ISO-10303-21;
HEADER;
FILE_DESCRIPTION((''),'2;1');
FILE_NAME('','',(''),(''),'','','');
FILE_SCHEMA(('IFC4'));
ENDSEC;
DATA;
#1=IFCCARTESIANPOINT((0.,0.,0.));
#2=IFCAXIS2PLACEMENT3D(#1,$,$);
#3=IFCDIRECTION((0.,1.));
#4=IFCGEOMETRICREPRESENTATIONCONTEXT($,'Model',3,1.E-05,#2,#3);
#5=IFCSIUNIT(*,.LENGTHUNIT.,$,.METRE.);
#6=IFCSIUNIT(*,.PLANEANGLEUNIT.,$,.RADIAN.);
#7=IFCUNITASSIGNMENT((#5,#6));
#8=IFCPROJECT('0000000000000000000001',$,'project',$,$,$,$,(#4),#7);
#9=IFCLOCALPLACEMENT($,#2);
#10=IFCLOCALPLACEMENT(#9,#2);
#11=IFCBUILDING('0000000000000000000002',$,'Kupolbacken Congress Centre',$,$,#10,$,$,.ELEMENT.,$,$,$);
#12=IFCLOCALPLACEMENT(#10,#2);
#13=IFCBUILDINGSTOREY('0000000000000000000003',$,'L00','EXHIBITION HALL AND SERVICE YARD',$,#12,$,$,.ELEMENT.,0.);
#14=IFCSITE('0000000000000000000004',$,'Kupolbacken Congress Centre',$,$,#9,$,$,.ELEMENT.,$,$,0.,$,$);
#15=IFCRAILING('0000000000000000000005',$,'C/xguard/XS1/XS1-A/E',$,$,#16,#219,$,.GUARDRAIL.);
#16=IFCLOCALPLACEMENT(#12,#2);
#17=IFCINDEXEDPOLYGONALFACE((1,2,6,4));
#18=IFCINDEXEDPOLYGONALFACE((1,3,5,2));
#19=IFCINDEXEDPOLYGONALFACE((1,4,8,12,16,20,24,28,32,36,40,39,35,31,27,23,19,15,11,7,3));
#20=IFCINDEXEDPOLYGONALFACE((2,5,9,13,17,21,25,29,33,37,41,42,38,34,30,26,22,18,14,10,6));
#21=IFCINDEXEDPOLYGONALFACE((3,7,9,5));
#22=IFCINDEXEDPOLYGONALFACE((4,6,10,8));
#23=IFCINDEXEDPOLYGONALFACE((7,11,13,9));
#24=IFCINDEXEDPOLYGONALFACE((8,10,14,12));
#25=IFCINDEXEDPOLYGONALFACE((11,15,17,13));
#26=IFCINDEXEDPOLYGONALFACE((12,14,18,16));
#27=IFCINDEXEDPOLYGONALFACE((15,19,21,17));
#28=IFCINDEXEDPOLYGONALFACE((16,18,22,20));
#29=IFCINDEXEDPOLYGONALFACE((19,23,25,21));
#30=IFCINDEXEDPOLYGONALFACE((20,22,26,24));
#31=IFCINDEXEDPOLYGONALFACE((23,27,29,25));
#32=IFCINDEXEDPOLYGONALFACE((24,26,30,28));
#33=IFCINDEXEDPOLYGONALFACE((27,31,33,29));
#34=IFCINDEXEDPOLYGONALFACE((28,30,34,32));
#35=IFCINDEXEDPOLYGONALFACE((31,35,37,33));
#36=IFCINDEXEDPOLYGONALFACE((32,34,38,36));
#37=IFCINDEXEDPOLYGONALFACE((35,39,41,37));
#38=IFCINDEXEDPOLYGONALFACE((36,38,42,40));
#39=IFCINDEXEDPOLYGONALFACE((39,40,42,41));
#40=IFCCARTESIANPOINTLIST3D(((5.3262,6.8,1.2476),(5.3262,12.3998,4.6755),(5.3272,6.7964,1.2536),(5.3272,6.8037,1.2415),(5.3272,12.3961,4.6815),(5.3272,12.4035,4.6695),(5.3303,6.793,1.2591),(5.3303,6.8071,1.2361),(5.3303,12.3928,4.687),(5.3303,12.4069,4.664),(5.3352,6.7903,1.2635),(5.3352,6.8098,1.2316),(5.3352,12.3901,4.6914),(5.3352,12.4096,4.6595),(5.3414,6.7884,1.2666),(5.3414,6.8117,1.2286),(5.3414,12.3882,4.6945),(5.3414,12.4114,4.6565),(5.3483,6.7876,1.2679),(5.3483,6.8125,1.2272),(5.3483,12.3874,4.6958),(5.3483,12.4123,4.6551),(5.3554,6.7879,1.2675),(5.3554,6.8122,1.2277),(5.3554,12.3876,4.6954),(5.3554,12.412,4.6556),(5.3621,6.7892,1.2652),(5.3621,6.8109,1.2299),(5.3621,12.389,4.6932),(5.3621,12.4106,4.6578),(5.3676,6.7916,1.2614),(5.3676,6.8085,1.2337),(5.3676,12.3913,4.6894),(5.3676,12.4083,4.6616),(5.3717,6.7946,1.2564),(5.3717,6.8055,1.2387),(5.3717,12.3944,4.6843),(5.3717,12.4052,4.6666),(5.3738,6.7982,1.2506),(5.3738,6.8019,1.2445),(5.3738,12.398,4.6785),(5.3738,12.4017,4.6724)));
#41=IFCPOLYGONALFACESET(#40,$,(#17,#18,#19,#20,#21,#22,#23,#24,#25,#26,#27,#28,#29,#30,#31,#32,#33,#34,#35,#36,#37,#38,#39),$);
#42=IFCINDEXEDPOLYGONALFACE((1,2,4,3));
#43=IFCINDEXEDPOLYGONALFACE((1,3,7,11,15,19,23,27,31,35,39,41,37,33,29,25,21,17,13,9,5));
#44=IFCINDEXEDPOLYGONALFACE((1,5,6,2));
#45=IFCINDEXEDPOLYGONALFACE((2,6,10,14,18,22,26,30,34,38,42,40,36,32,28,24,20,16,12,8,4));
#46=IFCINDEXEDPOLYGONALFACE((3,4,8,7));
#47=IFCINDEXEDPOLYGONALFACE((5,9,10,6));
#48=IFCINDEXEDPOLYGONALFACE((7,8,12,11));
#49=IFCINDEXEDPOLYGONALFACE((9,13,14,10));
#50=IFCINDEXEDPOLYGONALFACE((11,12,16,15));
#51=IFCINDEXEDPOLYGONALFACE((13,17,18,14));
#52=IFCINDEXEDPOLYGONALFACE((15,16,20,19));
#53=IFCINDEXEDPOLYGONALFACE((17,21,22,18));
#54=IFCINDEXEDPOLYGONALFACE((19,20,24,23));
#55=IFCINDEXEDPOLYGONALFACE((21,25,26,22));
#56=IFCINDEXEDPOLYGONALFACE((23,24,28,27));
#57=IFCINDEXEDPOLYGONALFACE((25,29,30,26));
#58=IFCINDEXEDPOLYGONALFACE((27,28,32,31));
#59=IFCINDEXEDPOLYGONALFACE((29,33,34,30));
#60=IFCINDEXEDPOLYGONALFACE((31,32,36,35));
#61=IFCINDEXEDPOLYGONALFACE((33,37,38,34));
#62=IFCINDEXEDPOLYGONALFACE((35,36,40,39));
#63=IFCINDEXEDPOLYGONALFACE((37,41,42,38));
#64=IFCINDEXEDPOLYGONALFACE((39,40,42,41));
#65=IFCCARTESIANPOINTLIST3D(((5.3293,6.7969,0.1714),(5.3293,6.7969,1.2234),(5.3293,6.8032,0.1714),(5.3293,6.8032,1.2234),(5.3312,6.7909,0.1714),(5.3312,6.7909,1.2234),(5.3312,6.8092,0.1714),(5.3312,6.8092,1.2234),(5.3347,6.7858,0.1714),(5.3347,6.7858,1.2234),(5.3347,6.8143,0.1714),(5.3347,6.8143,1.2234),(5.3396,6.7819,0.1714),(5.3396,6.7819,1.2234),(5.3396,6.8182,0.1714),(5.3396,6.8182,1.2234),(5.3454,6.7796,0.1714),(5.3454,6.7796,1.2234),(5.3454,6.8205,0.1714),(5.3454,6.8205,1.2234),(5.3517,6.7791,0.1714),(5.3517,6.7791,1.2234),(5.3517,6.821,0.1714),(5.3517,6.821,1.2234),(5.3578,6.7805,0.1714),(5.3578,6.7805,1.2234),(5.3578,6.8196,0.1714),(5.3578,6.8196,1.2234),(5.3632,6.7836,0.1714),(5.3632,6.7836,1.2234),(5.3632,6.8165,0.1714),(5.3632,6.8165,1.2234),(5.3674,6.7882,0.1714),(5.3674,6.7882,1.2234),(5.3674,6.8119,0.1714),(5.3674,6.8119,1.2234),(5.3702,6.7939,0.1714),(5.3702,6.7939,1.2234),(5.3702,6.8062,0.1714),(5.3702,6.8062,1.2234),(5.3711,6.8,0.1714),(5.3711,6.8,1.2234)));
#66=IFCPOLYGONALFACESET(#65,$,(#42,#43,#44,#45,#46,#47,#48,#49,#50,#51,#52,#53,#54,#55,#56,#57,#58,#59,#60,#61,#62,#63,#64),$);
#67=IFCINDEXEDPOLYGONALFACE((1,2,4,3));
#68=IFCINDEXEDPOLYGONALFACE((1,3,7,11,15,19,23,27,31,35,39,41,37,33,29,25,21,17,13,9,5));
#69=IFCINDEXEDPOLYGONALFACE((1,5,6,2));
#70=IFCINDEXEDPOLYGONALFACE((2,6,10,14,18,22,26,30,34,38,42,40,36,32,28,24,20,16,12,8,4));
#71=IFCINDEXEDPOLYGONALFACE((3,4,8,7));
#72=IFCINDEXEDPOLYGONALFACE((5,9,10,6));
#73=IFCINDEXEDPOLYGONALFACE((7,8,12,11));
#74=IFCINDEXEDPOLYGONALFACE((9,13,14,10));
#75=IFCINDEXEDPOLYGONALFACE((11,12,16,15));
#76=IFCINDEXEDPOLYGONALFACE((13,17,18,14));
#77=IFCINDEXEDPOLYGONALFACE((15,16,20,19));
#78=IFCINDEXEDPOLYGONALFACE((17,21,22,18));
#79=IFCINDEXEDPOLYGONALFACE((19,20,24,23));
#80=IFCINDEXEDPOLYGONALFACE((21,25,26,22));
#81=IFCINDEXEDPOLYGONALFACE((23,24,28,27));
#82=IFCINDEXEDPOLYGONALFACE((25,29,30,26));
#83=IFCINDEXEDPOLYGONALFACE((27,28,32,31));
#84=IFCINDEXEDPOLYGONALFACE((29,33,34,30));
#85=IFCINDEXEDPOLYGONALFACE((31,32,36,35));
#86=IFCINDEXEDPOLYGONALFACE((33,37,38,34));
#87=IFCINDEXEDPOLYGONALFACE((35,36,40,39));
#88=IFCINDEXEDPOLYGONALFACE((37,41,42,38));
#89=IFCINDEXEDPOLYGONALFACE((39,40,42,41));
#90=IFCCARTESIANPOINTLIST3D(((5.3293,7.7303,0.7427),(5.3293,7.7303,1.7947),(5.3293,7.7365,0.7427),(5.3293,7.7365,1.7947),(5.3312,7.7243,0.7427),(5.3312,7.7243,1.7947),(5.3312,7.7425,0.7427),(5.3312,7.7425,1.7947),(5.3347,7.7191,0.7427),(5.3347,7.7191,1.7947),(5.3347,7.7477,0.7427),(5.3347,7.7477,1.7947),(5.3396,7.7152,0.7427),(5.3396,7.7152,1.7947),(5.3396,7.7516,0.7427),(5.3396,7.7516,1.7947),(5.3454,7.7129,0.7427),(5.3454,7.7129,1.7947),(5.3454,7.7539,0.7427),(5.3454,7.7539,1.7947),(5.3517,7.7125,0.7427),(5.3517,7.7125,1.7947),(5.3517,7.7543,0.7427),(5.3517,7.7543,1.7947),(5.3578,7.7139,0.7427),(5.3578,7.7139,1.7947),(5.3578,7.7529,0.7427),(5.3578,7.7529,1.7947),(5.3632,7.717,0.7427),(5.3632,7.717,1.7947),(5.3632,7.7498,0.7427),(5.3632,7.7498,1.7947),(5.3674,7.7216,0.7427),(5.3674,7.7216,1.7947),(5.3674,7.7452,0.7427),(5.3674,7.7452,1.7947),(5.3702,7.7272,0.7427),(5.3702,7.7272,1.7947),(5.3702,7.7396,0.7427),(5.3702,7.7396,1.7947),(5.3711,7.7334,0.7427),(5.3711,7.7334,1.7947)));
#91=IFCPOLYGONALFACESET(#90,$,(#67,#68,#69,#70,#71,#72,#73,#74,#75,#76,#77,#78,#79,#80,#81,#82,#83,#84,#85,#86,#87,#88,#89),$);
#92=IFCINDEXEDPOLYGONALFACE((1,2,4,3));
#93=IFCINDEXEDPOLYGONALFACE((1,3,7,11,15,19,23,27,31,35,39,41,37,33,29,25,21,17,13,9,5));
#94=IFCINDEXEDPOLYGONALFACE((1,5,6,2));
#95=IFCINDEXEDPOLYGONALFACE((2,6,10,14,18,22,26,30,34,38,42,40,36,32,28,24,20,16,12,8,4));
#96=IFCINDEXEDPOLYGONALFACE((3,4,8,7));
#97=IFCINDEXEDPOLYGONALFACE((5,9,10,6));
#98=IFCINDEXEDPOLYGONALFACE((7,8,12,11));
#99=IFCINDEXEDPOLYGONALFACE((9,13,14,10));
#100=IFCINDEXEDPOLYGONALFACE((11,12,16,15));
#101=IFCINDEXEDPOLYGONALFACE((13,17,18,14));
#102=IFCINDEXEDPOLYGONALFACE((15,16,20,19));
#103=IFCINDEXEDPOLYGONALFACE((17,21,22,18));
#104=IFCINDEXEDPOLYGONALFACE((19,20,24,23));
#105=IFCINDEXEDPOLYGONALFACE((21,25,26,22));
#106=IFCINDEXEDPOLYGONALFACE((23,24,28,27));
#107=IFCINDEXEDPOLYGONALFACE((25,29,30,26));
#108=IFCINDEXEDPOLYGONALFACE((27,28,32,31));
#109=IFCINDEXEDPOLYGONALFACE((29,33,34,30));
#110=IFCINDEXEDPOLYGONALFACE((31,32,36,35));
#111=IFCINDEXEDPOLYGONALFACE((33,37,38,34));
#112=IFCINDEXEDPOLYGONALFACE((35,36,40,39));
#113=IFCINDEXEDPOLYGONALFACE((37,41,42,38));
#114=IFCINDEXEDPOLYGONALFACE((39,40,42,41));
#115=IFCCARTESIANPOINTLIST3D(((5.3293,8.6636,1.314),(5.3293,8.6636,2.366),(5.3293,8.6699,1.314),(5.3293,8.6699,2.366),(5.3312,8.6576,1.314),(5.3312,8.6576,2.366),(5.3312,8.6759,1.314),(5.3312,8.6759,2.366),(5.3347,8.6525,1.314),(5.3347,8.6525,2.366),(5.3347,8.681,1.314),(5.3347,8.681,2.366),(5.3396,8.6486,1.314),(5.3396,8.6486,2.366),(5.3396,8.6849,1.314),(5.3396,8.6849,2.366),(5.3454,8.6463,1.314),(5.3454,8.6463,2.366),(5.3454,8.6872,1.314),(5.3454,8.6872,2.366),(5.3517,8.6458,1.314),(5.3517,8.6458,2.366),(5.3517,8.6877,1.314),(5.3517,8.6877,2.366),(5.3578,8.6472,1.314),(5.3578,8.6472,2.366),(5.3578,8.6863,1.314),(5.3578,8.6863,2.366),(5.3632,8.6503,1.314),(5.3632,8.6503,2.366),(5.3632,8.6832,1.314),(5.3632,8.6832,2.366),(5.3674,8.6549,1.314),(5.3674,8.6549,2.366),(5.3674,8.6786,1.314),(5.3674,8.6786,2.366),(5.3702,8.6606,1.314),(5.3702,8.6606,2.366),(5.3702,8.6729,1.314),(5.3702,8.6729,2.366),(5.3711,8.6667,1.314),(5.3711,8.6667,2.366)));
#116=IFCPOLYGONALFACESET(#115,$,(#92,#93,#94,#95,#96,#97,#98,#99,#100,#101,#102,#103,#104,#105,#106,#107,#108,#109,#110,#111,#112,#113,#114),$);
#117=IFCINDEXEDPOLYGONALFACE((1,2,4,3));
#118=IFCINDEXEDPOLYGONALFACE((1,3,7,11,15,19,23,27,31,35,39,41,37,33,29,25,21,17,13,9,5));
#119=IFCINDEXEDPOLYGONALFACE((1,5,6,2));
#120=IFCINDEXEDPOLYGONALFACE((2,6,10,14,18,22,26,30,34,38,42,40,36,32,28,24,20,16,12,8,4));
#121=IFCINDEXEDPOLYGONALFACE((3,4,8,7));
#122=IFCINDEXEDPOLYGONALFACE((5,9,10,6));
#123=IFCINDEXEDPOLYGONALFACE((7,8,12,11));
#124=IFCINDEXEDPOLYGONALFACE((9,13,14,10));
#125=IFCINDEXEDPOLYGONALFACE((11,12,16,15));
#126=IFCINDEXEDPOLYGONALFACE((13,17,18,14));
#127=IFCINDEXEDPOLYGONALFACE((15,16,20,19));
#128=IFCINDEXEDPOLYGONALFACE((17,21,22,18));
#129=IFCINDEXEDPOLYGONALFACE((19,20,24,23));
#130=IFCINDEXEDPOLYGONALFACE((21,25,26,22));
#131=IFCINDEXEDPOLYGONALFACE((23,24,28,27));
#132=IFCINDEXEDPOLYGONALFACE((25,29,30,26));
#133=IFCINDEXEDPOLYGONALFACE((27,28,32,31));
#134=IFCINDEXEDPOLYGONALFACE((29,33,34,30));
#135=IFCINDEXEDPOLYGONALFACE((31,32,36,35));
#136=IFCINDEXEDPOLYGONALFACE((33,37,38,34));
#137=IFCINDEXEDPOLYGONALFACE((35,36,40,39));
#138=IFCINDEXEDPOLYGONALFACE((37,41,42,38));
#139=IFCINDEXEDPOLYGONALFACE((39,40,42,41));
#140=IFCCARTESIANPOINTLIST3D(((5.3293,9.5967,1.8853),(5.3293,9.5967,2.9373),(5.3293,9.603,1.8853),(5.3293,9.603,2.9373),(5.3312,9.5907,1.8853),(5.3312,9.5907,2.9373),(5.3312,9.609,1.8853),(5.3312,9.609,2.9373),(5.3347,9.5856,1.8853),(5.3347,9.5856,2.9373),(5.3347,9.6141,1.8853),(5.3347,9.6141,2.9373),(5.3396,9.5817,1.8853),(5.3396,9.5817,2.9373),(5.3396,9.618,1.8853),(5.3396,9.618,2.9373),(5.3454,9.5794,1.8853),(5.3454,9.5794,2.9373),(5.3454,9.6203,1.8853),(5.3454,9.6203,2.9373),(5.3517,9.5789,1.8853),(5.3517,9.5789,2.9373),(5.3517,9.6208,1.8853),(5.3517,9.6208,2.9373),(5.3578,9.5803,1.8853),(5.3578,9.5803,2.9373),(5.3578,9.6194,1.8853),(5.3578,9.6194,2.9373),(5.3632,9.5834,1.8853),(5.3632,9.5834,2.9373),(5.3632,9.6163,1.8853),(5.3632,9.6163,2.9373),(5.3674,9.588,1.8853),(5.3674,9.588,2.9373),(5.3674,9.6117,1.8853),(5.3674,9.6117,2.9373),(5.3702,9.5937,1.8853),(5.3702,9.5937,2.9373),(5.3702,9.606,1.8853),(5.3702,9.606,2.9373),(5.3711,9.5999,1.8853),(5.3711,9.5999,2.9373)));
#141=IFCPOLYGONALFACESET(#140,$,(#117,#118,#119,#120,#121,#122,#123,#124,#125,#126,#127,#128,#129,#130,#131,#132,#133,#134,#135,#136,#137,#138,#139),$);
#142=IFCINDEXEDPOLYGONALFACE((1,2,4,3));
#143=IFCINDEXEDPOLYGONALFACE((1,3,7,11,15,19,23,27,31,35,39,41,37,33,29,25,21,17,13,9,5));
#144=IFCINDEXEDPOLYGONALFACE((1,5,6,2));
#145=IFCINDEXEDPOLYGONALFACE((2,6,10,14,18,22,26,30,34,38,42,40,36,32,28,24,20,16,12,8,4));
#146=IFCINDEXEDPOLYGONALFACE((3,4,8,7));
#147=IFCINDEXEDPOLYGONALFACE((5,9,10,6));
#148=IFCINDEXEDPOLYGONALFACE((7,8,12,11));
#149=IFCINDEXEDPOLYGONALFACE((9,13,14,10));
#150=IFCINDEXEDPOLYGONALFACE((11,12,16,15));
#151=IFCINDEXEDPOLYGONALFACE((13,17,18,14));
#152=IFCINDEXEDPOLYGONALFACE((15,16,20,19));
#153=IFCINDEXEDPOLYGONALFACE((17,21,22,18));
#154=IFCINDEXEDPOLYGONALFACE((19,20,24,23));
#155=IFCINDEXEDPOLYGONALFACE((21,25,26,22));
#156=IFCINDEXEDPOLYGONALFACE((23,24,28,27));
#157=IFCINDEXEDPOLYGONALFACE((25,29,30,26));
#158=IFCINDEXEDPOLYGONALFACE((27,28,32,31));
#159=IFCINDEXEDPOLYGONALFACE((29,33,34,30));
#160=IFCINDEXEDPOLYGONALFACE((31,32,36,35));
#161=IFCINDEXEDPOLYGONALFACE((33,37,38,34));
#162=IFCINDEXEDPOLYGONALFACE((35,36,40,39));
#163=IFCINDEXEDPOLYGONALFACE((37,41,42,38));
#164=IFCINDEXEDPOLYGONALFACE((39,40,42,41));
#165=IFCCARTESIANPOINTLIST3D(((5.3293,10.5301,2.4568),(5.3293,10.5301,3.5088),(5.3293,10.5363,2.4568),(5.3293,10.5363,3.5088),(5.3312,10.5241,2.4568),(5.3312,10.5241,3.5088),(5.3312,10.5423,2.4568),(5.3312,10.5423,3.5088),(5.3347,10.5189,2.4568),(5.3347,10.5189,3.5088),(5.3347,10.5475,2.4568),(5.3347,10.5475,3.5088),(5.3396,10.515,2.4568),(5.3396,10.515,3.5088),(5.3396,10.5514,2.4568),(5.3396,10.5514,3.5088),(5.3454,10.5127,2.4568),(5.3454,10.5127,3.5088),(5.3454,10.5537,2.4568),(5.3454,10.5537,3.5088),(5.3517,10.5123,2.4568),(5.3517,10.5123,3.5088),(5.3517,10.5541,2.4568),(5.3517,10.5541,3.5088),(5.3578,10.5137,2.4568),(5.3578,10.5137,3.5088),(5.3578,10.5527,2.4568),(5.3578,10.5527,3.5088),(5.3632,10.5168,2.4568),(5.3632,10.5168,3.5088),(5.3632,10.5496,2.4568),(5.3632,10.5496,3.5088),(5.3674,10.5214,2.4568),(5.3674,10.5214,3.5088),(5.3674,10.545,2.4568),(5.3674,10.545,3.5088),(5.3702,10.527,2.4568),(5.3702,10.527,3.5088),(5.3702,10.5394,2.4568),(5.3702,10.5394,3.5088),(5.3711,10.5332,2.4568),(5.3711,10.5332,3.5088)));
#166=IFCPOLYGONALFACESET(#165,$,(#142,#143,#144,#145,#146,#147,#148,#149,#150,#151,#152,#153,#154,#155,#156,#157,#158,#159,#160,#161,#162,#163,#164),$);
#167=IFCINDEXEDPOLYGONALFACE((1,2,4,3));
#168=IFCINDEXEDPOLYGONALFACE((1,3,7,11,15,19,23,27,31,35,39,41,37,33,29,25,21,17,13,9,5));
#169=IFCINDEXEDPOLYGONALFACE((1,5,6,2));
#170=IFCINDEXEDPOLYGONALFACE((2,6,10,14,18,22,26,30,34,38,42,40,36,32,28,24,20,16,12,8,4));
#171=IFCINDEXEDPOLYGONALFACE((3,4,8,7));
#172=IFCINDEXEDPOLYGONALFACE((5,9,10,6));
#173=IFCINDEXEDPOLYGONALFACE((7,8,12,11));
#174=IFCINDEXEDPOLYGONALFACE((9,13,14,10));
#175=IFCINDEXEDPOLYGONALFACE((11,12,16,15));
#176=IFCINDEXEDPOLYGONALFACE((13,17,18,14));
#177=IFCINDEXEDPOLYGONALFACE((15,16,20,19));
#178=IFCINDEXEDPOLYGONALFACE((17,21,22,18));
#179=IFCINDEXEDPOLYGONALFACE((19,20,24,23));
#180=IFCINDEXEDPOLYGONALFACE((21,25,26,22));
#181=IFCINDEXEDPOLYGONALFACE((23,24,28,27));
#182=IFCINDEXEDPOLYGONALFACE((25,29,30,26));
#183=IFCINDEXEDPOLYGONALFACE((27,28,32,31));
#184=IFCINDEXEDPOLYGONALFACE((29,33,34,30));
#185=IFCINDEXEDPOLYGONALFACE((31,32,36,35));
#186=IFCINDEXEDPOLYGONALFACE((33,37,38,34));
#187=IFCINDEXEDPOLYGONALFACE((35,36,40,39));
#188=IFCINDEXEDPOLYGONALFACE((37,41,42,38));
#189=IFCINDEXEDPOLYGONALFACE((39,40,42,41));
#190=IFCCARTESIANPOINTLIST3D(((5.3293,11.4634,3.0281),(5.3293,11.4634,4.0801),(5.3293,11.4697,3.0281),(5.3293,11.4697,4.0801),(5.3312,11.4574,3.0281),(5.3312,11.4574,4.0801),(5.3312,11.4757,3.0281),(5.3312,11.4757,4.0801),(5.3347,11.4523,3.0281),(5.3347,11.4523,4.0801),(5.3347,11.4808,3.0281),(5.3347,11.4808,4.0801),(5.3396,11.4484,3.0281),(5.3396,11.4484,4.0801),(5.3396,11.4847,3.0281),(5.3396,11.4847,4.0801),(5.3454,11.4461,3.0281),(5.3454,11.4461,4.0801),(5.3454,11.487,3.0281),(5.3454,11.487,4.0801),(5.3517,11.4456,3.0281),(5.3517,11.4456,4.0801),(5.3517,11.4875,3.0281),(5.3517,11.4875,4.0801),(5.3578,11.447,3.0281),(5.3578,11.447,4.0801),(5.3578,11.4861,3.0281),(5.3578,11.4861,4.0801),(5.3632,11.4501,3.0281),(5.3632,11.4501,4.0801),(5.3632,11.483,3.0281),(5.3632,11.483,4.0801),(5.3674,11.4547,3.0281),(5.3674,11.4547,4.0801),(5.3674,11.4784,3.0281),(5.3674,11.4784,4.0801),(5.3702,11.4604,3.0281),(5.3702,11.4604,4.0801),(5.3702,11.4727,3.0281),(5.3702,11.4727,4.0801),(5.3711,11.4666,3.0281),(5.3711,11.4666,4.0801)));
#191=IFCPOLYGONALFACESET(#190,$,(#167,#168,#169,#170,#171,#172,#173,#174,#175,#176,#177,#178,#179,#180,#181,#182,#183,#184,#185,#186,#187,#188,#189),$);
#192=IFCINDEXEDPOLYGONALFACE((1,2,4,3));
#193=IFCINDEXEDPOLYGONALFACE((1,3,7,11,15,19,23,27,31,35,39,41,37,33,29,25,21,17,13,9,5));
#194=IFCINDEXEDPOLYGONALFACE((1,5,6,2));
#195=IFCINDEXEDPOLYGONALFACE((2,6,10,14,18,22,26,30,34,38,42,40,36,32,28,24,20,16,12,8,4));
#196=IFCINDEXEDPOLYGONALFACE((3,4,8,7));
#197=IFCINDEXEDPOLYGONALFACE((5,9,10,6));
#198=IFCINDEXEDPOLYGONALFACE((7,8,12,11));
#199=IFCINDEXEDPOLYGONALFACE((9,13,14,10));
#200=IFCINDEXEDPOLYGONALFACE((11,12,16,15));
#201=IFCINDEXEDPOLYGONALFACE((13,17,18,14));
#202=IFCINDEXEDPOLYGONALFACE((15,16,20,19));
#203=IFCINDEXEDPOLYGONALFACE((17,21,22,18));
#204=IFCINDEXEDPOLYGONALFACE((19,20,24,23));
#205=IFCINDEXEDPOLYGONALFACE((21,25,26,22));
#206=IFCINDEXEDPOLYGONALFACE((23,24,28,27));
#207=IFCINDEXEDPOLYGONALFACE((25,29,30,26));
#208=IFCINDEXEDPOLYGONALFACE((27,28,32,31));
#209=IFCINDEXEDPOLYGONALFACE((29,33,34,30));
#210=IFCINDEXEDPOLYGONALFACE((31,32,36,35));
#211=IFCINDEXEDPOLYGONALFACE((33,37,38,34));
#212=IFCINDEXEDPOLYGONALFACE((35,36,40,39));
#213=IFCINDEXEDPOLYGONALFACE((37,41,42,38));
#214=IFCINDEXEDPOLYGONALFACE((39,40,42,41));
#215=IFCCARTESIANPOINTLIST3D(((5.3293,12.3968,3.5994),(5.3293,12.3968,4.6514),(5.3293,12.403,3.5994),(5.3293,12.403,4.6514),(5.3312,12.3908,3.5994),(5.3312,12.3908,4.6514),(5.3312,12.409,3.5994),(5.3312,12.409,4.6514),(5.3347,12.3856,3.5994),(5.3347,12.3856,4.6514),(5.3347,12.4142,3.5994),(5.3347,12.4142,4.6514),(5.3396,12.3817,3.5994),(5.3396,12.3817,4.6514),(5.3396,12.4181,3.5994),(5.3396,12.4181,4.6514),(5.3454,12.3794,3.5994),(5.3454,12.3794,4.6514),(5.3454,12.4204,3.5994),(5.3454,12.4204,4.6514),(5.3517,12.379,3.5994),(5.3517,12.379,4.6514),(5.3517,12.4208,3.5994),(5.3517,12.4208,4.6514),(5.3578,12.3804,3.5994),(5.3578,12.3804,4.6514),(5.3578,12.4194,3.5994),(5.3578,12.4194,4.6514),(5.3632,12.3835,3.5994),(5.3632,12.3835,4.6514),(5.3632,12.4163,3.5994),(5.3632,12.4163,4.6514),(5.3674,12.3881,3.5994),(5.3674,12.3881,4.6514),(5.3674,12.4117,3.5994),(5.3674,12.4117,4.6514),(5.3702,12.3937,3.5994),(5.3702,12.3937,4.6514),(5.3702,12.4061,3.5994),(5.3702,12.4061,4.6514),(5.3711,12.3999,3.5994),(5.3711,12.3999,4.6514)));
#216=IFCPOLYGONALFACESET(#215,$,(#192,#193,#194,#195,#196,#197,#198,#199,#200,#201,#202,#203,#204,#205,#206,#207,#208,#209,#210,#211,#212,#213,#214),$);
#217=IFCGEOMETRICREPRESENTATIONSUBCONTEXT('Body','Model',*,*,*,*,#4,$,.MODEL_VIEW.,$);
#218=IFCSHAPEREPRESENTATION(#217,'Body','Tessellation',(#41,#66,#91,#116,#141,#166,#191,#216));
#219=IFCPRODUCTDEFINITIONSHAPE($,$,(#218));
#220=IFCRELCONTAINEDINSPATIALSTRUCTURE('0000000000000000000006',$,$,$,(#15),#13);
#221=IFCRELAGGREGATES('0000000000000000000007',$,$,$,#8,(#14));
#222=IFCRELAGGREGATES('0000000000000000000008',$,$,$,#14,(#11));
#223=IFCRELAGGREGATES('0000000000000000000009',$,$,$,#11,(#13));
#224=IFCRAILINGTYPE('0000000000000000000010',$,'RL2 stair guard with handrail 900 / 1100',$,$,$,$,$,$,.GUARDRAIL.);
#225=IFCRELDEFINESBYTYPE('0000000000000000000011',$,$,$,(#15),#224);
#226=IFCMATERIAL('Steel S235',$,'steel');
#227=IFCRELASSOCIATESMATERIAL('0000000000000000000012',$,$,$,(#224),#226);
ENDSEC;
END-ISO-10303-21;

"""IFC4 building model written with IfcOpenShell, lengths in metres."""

from ifc_helpers import new_model, si_unit, direction, frame, origin, origin_2d, place, context, subcontext, project, spatial, circle, extrude, material, type_object, element, save


model = new_model("IFC4")

# Units and contexts
model_context = context("Model", 3, precision=1e-05, world=origin(), true_north=direction((0.0, 1.0)))
body_context = subcontext(model_context, "Body", "Model", "MODEL_VIEW")
ifc_project = project(units=[si_unit("LENGTHUNIT", "METRE"), si_unit("PLANEANGLEUNIT", "RADIAN")], contexts=[model_context])

# Site, building, storey
site_placement = place(None, origin())
site = spatial("IfcSite", under=ifc_project, at=site_placement, Name="Kupolbacken Congress Centre", CompositionType="ELEMENT", RefElevation=0.0)
building_placement = place(site_placement, origin())
building = spatial("IfcBuilding", under=site, at=building_placement, Name="Kupolbacken Congress Centre", CompositionType="ELEMENT")
storey_placement = place(building_placement, origin())
storey = spatial("IfcBuildingStorey", under=building, at=storey_placement, Name="L00", Description="EXHIBITION HALL AND SERVICE YARD", CompositionType="ELEMENT", Elevation=0.0)

# Railing
ifc_material_1 = material(Name="Steel S235", Category="steel")
railing_type = type_object("IfcRailingType", Name="RL2 stair guard with handrail 900 / 1100", PredefinedType="GUARDRAIL", material=ifc_material_1)
for number, where, name in (
    (1, (5.3501, 6.8, 0.1714), "C/xguard/XS1/XS1-A/E"),
):
    element("IfcRailing", number, at=place(storey_placement, frame(where)), inside=storey, type_object=railing_type, Name=name, PredefinedType="GUARDRAIL", context=body_context, shape_type="SweptSolid", body=[
        extrude(circle(Radius=0.0239, at=origin_2d()), frame((0.0, 0.0, 1.0762), z_axis=(0.0, 0.852885, 0.522098), x_axis=(-1.0, 0.0, 0.0)), (0.0, 0.0, 1.0), 6.5657),
        extrude(circle(Radius=0.021, at=origin_2d()), origin(), (0.0, 0.0, 1.0), 1.052),
        extrude(circle(Radius=0.021, at=origin_2d()), frame((0.0, 0.9333, 0.5713)), (0.0, 0.0, 1.0), 1.052),
        extrude(circle(Radius=0.021, at=origin_2d()), frame((0.0, 1.8667, 1.1426)), (0.0, 0.0, 1.0), 1.052),
        extrude(circle(Radius=0.021, at=origin_2d()), frame((0.0, 2.7998, 1.7139)), (0.0, 0.0, 1.0), 1.052),
        extrude(circle(Radius=0.021, at=origin_2d()), frame((0.0, 3.7332, 2.2854)), (0.0, 0.0, 1.0), 1.052),
        extrude(circle(Radius=0.021, at=origin_2d()), frame((0.0, 4.6665, 2.8567)), (0.0, 0.0, 1.0), 1.052),
        extrude(circle(Radius=0.021, at=origin_2d()), frame((0.0, 5.5999, 3.428)), (0.0, 0.0, 1.0), 1.052),
    ])

save(model, "model.ifc")
